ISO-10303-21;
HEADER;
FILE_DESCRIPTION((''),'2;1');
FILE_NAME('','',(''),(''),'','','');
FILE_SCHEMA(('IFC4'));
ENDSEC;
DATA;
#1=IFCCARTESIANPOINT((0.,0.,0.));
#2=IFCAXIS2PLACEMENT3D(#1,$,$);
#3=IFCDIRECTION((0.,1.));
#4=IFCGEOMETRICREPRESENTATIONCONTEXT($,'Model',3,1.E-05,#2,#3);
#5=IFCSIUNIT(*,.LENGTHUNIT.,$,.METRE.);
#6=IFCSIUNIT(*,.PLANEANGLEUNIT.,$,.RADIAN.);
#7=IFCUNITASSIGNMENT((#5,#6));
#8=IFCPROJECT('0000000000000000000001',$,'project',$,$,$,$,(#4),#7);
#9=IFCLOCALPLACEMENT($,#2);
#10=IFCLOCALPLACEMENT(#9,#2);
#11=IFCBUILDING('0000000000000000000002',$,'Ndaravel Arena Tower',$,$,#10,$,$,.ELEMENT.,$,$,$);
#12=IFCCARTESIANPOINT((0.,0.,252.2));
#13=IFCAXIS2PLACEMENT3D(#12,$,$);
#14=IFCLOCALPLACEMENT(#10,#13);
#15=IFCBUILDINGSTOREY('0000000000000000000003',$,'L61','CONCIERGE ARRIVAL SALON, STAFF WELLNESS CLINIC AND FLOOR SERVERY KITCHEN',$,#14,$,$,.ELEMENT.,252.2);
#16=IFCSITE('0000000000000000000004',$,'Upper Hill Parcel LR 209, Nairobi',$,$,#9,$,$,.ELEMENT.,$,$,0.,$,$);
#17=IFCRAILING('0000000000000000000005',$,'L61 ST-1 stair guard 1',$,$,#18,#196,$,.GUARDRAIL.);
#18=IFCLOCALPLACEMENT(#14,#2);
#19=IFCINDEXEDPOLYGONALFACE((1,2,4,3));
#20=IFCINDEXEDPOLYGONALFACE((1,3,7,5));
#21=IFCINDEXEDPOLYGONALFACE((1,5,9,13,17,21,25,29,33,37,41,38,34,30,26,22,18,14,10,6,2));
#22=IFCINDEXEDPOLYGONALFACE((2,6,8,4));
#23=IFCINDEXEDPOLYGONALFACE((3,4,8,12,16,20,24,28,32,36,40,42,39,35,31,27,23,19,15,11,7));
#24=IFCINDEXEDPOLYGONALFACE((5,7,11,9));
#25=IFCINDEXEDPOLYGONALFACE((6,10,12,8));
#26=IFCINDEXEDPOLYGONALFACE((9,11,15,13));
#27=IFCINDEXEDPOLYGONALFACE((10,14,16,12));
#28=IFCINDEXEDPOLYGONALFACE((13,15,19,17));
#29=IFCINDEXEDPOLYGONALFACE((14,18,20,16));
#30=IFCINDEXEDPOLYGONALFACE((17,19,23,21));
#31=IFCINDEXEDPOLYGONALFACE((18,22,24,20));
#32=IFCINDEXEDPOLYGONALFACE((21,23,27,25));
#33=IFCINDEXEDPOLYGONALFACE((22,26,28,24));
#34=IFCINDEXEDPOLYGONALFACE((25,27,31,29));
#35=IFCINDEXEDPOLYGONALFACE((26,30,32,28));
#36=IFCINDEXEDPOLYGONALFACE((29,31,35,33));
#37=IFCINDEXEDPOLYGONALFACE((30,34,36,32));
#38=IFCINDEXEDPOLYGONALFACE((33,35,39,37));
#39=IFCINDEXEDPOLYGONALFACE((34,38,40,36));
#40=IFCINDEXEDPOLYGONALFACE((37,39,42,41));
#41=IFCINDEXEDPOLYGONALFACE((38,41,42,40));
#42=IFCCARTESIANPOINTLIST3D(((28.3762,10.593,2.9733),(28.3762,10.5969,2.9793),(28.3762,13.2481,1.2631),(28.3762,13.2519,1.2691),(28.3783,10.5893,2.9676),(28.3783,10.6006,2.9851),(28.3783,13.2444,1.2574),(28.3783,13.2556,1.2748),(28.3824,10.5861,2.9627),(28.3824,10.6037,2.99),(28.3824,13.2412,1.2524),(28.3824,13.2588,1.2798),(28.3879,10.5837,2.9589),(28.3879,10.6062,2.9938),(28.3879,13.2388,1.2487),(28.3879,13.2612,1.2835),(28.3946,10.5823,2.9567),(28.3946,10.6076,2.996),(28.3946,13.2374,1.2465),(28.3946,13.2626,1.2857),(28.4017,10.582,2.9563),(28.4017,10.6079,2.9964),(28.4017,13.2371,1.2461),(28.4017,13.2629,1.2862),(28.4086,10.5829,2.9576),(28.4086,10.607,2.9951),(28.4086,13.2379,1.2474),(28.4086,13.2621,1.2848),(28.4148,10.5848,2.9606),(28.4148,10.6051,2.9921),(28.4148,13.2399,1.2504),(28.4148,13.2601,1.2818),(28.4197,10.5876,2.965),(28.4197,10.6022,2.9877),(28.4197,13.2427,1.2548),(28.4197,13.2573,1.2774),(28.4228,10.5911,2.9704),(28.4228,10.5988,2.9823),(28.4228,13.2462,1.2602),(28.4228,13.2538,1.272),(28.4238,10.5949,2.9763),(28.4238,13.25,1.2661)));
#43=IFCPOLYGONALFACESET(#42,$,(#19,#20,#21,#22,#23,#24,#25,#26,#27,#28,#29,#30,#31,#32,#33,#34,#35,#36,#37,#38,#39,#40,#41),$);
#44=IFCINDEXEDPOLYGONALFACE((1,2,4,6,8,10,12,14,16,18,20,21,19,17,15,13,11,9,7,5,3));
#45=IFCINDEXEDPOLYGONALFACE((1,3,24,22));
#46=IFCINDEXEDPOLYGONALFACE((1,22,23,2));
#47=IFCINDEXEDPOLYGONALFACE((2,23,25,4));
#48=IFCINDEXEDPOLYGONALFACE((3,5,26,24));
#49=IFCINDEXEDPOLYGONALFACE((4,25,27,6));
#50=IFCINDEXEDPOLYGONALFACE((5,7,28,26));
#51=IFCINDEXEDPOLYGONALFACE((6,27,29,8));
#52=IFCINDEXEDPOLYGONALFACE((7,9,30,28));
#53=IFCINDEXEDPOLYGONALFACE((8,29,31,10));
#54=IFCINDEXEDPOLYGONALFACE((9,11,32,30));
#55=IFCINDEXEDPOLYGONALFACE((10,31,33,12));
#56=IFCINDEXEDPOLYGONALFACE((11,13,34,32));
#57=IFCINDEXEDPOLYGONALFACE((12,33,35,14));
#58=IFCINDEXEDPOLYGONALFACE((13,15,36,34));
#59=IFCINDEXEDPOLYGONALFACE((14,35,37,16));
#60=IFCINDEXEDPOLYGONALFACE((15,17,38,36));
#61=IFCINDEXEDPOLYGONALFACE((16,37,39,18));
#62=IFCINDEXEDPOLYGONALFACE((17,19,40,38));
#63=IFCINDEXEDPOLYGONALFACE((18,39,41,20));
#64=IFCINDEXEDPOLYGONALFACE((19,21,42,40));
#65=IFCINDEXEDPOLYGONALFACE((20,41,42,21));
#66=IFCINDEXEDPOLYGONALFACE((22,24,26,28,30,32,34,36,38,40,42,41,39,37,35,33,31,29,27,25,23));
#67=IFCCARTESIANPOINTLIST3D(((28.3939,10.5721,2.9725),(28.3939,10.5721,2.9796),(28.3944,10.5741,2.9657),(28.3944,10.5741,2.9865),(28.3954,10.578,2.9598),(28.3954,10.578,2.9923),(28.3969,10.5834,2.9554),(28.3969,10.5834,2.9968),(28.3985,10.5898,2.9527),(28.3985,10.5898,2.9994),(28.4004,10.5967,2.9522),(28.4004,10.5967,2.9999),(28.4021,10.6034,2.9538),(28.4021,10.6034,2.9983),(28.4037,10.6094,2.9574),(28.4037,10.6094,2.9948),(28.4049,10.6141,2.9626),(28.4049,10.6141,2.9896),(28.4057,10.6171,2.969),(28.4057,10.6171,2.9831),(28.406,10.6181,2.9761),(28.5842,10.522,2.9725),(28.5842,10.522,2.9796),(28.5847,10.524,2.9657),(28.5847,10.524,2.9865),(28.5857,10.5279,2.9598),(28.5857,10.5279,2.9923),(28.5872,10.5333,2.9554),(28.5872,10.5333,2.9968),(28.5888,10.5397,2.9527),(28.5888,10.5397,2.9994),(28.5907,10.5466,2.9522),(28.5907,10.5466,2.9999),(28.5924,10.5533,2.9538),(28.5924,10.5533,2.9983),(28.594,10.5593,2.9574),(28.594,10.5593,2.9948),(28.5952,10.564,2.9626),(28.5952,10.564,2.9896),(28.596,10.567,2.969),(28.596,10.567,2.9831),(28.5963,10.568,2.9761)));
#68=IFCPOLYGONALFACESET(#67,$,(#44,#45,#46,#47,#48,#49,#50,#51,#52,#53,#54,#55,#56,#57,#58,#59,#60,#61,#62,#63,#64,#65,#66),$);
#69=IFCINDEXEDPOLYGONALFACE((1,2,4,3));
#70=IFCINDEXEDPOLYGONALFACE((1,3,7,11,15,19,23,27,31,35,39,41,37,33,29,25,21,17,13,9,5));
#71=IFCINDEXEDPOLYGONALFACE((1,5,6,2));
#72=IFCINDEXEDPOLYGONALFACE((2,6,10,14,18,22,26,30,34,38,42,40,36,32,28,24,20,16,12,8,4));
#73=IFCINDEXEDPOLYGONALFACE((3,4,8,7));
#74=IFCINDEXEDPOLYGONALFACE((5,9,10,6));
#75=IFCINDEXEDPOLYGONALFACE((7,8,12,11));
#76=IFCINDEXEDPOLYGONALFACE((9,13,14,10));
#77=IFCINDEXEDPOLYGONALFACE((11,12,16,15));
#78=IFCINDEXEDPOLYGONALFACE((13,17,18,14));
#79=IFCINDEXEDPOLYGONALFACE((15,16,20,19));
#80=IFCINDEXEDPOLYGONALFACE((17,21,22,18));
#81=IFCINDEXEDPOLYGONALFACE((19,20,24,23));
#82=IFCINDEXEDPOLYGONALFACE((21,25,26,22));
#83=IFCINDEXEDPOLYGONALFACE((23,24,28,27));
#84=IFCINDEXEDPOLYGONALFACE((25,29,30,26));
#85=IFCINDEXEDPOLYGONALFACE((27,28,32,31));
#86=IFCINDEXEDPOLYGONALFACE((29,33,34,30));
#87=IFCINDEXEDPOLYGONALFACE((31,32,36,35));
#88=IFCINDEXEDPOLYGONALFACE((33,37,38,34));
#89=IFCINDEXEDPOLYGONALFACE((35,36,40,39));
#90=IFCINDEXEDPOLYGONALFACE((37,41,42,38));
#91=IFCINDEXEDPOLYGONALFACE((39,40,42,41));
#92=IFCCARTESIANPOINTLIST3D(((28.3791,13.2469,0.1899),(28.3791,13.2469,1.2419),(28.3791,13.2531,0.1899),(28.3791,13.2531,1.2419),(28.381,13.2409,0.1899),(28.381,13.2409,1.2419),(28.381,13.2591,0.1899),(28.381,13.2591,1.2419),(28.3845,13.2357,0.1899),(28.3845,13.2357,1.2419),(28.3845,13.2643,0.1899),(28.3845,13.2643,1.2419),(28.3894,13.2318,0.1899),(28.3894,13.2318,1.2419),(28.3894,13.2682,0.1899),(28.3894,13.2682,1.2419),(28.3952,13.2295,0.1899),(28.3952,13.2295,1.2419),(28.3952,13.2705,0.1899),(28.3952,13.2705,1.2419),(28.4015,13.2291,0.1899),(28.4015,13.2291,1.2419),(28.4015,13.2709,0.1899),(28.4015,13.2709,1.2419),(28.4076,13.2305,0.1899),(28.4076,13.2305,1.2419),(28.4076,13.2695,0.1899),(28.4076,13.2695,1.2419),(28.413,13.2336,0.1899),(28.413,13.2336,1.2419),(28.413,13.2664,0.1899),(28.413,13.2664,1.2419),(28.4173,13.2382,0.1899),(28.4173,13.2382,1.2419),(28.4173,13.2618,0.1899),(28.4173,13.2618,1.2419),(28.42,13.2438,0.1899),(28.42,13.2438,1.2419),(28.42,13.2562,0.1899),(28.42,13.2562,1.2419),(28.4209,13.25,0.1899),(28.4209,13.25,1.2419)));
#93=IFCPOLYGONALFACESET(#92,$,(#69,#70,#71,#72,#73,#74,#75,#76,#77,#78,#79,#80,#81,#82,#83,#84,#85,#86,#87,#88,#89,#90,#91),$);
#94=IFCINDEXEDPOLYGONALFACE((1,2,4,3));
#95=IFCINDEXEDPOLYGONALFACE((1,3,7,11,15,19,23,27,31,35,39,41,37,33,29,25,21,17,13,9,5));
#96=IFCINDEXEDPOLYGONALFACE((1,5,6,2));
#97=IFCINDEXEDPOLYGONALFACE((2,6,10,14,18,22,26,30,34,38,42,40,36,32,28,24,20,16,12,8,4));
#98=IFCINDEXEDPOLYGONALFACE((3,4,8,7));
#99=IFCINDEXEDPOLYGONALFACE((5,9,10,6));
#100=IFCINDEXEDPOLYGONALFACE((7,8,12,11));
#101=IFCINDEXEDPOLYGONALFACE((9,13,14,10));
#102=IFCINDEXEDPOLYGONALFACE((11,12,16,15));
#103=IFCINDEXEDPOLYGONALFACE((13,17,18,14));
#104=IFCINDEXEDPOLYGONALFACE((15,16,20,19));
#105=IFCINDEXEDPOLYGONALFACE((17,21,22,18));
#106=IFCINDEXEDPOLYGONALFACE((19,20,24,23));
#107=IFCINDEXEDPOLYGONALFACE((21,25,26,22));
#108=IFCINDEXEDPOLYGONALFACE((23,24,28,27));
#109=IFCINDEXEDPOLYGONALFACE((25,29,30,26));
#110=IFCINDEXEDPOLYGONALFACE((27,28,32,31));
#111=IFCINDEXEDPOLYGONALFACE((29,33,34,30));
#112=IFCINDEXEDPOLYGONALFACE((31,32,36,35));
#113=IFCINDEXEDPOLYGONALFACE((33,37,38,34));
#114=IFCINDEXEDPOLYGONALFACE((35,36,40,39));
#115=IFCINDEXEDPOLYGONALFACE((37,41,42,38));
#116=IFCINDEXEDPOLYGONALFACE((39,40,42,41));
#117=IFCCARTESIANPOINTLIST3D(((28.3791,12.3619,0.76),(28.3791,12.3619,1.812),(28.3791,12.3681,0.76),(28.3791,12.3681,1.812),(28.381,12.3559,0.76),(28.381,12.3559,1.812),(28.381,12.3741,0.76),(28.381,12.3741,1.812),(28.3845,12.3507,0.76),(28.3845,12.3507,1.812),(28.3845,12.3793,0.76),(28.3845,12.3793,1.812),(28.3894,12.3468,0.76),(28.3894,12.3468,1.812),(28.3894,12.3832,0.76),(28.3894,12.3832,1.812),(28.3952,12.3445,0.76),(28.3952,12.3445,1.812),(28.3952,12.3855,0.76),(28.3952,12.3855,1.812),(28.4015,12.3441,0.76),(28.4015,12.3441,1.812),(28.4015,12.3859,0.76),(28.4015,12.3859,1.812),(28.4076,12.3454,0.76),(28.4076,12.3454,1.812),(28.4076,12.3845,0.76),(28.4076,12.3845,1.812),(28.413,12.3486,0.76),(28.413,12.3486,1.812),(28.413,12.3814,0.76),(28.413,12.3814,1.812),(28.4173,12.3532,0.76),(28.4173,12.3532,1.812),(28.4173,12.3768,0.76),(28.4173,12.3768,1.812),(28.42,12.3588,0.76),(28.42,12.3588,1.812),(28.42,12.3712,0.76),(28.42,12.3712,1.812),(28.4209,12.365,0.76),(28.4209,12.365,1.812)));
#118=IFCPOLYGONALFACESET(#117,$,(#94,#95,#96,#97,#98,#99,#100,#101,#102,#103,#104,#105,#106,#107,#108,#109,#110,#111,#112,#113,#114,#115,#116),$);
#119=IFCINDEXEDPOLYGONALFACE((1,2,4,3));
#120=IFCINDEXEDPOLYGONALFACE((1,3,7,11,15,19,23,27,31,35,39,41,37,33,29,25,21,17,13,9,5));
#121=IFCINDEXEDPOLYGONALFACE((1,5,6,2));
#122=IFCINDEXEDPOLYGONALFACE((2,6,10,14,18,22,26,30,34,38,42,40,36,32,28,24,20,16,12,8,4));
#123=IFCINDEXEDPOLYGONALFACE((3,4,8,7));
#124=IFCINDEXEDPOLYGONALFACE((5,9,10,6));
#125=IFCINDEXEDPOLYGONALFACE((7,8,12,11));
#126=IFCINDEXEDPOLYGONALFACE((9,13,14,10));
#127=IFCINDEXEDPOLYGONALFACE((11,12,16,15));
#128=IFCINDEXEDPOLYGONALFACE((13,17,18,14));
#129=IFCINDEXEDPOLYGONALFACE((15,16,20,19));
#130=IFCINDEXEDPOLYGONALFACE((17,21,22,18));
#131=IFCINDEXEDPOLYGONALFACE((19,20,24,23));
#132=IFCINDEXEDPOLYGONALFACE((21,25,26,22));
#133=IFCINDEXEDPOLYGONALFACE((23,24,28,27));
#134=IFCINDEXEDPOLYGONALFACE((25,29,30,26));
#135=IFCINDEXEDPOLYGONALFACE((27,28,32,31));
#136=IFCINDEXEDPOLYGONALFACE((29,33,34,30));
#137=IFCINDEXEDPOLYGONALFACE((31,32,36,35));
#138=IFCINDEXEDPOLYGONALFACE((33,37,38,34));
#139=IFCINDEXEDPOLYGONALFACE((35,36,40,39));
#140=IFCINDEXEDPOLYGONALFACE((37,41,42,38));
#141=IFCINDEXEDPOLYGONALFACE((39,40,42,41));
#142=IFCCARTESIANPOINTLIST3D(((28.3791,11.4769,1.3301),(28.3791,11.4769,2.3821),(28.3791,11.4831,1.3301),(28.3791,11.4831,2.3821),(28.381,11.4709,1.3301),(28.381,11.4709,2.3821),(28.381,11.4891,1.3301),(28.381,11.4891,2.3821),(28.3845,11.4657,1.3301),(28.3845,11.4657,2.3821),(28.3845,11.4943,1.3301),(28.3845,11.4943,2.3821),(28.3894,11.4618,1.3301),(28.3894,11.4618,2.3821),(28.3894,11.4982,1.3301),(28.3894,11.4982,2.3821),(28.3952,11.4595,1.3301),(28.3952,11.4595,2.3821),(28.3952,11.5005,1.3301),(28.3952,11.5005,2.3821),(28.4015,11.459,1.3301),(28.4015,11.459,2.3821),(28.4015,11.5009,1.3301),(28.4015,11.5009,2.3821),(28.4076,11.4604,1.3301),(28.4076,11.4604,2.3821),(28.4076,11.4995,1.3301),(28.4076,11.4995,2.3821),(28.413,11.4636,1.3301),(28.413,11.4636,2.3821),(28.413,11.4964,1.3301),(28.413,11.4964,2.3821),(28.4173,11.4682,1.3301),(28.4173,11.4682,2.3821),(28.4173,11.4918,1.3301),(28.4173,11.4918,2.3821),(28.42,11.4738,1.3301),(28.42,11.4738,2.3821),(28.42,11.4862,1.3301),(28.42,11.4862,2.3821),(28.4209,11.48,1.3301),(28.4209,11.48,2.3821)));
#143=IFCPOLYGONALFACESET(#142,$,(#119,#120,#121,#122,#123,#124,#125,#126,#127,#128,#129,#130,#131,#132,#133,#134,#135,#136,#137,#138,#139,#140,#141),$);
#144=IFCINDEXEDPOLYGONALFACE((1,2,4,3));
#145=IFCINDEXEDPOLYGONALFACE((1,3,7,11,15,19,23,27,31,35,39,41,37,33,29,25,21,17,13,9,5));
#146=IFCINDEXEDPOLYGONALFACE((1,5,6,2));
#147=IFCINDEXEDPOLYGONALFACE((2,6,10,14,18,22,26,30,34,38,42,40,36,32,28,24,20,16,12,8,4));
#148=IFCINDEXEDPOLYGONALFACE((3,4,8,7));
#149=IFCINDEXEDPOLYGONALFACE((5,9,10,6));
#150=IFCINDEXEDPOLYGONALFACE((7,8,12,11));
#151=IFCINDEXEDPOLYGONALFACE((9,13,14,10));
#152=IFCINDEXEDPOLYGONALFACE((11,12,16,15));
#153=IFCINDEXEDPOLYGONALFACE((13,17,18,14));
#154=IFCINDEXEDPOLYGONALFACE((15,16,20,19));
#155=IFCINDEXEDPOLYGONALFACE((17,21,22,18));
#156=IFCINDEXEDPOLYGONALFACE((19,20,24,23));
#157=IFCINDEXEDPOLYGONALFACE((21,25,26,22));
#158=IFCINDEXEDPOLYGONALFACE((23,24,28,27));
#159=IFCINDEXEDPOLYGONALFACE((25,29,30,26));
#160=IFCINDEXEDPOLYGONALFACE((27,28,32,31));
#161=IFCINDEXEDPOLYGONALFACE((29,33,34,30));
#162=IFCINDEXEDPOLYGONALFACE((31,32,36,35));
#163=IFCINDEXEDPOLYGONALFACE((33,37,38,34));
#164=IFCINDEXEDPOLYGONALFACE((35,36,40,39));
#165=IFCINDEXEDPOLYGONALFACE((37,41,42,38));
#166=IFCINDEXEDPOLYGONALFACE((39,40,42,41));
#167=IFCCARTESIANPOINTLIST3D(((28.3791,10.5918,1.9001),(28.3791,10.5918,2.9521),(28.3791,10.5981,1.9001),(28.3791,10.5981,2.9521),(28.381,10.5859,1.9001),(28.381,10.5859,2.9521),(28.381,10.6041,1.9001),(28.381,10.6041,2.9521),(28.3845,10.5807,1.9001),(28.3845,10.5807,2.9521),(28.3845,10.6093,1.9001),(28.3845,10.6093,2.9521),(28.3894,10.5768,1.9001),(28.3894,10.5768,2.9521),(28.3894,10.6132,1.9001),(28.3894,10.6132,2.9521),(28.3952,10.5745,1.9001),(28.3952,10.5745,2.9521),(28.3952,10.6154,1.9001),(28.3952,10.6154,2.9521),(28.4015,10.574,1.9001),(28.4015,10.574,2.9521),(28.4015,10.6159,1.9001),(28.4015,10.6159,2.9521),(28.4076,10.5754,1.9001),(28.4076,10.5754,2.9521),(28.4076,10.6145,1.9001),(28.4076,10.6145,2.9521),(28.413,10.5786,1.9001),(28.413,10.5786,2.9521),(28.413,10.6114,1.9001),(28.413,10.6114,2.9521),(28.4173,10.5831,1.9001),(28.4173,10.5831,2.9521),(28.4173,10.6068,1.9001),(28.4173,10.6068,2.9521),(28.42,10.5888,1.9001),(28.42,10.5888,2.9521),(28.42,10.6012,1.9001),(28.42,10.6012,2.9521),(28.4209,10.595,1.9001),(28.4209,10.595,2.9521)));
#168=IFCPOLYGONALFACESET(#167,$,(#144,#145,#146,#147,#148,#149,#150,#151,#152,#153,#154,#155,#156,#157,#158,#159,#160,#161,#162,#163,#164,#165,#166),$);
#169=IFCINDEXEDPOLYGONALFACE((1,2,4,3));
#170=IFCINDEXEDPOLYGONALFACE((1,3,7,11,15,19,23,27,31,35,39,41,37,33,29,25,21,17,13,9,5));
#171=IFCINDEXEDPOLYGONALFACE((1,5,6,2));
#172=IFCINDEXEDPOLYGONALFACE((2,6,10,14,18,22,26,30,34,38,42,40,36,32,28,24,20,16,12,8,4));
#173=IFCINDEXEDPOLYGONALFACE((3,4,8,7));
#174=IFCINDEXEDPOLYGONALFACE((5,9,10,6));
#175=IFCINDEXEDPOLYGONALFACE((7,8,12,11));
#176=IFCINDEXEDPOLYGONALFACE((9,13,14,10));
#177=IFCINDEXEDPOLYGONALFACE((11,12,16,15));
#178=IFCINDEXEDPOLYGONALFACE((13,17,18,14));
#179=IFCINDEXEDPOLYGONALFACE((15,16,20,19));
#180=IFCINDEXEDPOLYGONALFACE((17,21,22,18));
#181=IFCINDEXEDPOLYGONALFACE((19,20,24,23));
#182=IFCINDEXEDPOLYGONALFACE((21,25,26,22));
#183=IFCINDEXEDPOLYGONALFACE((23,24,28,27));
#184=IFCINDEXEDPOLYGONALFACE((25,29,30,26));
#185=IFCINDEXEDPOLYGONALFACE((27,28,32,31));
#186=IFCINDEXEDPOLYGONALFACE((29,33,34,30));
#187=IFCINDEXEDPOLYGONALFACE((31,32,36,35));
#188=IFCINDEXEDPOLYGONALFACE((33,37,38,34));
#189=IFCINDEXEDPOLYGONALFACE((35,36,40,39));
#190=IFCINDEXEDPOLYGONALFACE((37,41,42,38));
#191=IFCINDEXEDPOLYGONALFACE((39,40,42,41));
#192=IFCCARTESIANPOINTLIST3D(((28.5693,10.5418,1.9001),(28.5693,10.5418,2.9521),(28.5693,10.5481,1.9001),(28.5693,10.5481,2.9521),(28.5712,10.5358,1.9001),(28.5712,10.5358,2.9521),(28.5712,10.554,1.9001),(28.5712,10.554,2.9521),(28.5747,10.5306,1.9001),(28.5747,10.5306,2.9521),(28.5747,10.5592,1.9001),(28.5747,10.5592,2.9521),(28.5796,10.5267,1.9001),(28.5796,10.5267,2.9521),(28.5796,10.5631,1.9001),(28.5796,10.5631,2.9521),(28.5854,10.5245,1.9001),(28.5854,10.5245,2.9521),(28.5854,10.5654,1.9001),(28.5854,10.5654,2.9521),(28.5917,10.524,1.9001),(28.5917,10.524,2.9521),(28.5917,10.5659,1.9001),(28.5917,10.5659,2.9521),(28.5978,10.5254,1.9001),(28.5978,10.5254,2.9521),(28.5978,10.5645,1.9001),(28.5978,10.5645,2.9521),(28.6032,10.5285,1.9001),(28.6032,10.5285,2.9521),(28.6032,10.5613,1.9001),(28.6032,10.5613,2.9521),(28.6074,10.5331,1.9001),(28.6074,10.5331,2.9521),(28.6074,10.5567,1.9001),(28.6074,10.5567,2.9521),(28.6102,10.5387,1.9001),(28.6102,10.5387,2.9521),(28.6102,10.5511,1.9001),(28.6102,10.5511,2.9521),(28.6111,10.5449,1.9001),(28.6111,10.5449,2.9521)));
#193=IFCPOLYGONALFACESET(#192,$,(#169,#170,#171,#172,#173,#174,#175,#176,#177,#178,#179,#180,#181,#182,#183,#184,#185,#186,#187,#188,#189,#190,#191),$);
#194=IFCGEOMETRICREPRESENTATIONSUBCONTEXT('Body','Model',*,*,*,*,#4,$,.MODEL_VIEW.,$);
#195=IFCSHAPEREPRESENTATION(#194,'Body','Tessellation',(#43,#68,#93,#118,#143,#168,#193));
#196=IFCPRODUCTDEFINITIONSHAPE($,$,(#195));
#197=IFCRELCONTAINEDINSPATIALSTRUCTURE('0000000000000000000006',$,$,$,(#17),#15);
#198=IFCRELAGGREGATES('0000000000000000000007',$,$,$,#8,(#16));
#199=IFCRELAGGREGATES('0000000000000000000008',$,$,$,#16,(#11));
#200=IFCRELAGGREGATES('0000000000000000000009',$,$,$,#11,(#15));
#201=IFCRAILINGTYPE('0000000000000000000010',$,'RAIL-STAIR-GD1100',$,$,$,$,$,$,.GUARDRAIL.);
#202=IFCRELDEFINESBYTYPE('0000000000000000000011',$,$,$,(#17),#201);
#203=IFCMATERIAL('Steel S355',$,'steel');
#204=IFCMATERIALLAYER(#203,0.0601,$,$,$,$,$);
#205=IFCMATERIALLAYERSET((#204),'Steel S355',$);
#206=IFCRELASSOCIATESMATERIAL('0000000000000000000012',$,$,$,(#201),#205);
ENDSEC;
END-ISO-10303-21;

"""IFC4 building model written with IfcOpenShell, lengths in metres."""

from ifc_helpers import new_model, si_unit, direction, frame, origin, origin_2d, place, context, subcontext, project, spatial, circle, extrude, material, layer, layer_set, type_object, element, save


model = new_model("IFC4")

# Units and contexts
model_context = context("Model", 3, precision=1e-05, world=origin(), true_north=direction((0.0, 1.0)))
body_context = subcontext(model_context, "Body", "Model", "MODEL_VIEW")
ifc_project = project(units=[si_unit("LENGTHUNIT", "METRE"), si_unit("PLANEANGLEUNIT", "RADIAN")], contexts=[model_context])

# Site, building, storey
site_placement = place(None, origin())
site = spatial("IfcSite", under=ifc_project, at=site_placement, Name="Upper Hill Parcel LR 209, Nairobi", CompositionType="ELEMENT", RefElevation=0.0)
building_placement = place(site_placement, origin())
building = spatial("IfcBuilding", under=site, at=building_placement, Name="Ndaravel Arena Tower", CompositionType="ELEMENT")
storey_placement = place(building_placement, frame((0.0, 0.0, 252.2)))
storey = spatial("IfcBuildingStorey", under=building, at=storey_placement, Name="L61", Description="CONCIERGE ARRIVAL SALON, STAFF WELLNESS CLINIC AND FLOOR SERVERY KITCHEN", CompositionType="ELEMENT", Elevation=252.2)

# Railing
ifc_material_1 = material(Name="Steel S355", Category="steel")
ifc_layer_1 = layer(ifc_material_1, 0.0601)
ifc_layer_set_1 = layer_set([ifc_layer_1], Name="Steel S355")
railing_type_1 = type_object("IfcRailingType", Name="RAIL-STAIR-GD1100", PredefinedType="GUARDRAIL", material=ifc_layer_set_1)
railing_1_placement = place(storey_placement, frame((28.3999, 13.25, 0.1899)))
element("IfcRailing", 1, at=railing_1_placement, inside=storey, type_object=railing_type_1, Name="L61 ST-1 stair guard 1", PredefinedType="GUARDRAIL", context=body_context, shape_type="SweptSolid", body=[
    extrude(circle(Radius=0.0239, at=origin_2d()), frame((0.0, 0.0, 1.0762), z_axis=(0.0, -0.840688, 0.541519), x_axis=(1.0, 0.0, 0.0)), (0.0, 0.0, 1.0), 3.1582),
    extrude(circle(Radius=0.0239, at=origin_2d()), frame((0.0, -2.655, 2.7861), z_axis=(0.967075, -0.254493, 0.0), x_axis=(0.254493, 0.967075, 0.0)), (0.0, 0.0, 1.0), 0.1968),
    extrude(circle(Radius=0.021, at=origin_2d()), origin(), (0.0, 0.0, 1.0), 1.052),
    extrude(circle(Radius=0.021, at=origin_2d()), frame((0.0, -0.885, 0.5701)), (0.0, 0.0, 1.0), 1.052),
    extrude(circle(Radius=0.021, at=origin_2d()), frame((0.0, -1.77, 1.1401)), (0.0, 0.0, 1.0), 1.052),
    extrude(circle(Radius=0.021, at=origin_2d()), frame((0.0, -2.655, 1.7102)), (0.0, 0.0, 1.0), 1.052),
    extrude(circle(Radius=0.021, at=origin_2d()), frame((0.1902, -2.7051, 1.7102)), (0.0, 0.0, 1.0), 1.052),
])

save(model, "model.ifc")
